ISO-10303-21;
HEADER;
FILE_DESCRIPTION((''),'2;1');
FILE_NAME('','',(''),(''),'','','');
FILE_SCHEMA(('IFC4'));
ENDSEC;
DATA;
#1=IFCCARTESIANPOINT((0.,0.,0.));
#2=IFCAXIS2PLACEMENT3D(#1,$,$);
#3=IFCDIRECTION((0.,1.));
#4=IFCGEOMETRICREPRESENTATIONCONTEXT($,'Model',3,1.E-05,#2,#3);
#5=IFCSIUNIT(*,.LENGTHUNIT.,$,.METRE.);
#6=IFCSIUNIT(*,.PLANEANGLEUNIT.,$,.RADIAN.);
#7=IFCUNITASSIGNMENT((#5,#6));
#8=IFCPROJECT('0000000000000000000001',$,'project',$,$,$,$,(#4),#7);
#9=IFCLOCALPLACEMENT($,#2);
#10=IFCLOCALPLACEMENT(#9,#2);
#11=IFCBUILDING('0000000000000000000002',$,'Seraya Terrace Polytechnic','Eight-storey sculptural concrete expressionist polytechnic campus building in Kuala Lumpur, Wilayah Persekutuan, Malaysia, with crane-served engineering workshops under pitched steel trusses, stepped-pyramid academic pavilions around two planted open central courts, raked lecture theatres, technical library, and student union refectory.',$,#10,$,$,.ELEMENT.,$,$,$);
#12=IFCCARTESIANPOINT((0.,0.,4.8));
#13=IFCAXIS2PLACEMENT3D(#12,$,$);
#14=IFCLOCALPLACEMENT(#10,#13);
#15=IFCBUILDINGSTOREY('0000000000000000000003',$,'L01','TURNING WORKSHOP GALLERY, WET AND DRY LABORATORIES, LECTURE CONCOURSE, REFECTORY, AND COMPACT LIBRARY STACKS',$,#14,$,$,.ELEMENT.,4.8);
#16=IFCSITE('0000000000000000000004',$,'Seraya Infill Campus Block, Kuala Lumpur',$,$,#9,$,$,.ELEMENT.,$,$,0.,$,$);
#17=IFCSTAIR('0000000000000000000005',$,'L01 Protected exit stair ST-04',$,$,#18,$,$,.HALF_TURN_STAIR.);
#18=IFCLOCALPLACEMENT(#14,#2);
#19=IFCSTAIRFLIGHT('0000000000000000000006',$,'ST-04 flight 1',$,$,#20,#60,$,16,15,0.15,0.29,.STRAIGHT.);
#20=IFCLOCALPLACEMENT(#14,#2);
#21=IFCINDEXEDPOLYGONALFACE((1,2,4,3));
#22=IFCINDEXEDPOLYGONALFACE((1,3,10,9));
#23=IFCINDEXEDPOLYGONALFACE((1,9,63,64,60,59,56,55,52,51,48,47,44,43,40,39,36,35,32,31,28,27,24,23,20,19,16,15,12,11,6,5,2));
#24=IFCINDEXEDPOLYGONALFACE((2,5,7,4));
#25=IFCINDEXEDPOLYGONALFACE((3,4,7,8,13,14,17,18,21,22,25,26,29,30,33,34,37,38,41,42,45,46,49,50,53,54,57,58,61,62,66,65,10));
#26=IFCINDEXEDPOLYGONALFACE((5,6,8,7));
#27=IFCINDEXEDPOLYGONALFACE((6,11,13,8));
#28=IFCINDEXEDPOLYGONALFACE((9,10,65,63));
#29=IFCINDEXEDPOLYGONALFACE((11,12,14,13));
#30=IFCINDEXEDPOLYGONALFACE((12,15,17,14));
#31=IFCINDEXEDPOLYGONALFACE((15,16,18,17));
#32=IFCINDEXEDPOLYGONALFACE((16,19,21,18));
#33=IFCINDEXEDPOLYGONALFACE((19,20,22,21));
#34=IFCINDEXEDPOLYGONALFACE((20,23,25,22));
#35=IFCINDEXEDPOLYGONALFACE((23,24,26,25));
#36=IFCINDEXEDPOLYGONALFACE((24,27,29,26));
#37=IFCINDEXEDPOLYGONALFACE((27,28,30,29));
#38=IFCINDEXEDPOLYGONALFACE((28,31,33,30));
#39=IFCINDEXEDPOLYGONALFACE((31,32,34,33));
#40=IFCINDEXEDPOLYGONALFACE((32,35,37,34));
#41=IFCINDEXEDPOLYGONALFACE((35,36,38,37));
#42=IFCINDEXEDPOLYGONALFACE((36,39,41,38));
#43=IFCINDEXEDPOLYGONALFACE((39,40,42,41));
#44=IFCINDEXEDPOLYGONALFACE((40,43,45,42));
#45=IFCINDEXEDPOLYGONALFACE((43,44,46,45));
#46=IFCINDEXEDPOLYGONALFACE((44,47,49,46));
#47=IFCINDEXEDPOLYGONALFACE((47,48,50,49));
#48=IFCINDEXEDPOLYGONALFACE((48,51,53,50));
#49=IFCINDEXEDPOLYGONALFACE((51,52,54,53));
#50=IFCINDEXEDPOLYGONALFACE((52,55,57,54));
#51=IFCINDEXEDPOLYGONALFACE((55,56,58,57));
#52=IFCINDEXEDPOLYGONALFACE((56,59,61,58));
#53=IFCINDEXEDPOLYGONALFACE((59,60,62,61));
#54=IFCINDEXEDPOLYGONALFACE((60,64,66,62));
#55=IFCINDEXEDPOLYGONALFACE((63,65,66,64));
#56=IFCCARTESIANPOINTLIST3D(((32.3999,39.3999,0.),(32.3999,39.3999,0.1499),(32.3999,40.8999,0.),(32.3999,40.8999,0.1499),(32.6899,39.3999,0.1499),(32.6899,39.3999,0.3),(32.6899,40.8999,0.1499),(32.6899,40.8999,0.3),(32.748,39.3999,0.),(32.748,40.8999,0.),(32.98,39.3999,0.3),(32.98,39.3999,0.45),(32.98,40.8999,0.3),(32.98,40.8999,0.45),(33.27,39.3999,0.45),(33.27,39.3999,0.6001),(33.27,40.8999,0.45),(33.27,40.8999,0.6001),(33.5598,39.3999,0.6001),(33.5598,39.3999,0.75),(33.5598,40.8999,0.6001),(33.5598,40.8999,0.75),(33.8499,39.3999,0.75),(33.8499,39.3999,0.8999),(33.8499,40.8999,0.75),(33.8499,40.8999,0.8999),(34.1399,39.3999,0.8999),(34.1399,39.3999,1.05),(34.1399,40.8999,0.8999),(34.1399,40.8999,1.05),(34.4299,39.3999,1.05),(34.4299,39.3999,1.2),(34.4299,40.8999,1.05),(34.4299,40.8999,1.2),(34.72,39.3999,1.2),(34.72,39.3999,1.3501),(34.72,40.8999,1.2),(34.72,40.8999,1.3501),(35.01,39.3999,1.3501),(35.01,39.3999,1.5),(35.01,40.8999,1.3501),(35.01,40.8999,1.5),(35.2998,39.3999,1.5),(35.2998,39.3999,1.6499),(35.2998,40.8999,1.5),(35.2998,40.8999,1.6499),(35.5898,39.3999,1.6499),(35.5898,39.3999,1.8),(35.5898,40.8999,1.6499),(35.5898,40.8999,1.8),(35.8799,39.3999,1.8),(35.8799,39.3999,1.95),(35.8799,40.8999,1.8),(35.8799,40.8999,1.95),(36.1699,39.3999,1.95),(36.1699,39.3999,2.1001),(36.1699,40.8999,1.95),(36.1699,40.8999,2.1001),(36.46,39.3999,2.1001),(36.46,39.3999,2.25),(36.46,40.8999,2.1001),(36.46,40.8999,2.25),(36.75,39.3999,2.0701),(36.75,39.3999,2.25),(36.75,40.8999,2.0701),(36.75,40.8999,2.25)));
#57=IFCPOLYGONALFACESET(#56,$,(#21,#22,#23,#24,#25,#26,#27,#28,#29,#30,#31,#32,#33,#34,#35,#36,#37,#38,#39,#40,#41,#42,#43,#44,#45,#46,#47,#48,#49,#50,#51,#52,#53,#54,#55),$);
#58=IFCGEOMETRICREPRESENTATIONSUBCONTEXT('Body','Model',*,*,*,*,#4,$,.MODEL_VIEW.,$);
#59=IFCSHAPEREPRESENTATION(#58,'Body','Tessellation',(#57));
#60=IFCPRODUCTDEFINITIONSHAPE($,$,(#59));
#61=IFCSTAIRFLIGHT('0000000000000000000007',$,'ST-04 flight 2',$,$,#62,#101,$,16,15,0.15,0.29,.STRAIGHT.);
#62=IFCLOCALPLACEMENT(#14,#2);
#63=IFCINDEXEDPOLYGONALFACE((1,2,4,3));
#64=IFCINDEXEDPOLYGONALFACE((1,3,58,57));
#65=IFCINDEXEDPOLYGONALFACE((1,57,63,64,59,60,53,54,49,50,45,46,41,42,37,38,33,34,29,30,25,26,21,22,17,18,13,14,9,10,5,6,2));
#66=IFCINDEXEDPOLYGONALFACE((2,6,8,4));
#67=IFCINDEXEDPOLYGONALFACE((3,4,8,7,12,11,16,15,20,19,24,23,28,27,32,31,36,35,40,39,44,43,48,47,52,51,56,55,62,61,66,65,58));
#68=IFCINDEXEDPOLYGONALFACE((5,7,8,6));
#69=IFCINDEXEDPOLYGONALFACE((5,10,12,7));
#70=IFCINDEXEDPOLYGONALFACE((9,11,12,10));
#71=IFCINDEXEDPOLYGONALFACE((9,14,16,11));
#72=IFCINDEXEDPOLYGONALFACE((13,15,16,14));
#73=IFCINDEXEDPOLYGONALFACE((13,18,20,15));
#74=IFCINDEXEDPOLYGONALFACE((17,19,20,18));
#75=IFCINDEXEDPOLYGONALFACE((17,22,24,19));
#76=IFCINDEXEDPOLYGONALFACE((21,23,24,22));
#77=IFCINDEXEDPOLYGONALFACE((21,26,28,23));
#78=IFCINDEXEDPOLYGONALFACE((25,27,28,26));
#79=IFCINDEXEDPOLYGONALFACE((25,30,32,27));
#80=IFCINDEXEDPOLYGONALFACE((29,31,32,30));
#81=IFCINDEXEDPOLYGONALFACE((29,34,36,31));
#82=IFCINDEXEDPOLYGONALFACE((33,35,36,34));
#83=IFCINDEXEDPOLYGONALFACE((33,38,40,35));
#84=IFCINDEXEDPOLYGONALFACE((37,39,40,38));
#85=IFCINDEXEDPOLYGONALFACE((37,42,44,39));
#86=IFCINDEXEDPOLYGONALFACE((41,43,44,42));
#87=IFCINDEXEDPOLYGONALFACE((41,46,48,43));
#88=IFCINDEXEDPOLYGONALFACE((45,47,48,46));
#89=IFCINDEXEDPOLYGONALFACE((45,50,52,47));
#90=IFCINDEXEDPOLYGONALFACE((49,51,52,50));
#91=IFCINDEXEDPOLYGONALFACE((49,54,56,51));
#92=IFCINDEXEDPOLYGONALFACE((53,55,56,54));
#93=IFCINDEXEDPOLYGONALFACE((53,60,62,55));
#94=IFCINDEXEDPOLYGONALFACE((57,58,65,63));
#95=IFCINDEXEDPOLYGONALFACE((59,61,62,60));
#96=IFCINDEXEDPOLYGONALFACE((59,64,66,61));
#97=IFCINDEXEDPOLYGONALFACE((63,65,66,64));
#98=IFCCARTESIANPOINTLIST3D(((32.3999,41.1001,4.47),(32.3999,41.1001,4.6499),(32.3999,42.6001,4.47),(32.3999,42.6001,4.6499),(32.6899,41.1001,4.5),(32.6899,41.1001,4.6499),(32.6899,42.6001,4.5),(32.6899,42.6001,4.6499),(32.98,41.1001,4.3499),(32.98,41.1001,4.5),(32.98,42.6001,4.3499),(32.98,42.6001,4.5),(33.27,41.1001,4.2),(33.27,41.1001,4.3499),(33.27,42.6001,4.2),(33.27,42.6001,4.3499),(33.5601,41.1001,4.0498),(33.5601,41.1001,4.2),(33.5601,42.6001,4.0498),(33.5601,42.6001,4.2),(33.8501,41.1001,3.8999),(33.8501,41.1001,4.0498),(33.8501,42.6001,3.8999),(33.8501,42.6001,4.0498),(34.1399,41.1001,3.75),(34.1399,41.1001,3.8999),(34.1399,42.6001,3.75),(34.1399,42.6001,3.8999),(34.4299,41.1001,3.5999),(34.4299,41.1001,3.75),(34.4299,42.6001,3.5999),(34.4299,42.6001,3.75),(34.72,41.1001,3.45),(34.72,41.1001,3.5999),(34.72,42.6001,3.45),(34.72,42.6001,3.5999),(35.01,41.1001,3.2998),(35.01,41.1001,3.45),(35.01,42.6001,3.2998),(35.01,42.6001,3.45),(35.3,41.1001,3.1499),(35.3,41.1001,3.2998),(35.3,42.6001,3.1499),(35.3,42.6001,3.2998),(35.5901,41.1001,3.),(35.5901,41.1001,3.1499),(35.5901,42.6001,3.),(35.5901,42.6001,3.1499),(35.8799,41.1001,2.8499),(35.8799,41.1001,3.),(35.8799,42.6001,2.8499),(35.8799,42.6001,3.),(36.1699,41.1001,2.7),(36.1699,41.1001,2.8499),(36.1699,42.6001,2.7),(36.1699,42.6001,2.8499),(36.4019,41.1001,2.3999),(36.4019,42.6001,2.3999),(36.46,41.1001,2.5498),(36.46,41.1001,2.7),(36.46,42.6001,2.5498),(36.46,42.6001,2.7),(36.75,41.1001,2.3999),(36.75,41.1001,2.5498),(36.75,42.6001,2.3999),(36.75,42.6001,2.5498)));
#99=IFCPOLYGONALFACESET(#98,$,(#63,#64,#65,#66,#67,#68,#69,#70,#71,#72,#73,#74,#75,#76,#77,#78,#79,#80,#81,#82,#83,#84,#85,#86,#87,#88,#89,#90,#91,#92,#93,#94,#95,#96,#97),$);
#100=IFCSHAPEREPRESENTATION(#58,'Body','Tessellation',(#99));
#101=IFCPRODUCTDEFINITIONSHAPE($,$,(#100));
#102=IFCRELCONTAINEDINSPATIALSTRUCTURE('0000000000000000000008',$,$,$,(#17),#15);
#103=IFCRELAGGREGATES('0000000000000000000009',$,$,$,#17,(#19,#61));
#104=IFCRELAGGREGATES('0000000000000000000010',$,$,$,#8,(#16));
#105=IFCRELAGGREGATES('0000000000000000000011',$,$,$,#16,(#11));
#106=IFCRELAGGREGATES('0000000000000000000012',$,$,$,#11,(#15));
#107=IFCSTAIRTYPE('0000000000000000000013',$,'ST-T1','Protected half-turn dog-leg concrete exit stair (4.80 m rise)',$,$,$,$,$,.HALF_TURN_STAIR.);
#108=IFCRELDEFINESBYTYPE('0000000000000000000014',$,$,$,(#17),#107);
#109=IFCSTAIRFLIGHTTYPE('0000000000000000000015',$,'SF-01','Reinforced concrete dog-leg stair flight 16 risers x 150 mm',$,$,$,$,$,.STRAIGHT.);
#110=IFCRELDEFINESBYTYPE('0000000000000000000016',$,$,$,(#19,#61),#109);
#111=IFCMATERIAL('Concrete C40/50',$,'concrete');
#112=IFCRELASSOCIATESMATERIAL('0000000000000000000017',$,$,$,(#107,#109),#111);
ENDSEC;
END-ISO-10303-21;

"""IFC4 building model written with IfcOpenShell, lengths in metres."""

from ifc_helpers import new_model, si_unit, direction, frame, origin, place, context, subcontext, project, spatial, polyline, outline, extrude, material, type_object, element, aggregate, save


model = new_model("IFC4")

# Units and contexts
model_context = context("Model", 3, precision=1e-05, world=origin(), true_north=direction((0.0, 1.0)))
body_context = subcontext(model_context, "Body", "Model", "MODEL_VIEW")
ifc_project = project(units=[si_unit("LENGTHUNIT", "METRE"), si_unit("PLANEANGLEUNIT", "RADIAN")], contexts=[model_context])

# Site, building, storey
site_placement = place(None, origin())
site = spatial("IfcSite", under=ifc_project, at=site_placement, Name="Seraya Infill Campus Block, Kuala Lumpur", CompositionType="ELEMENT", RefElevation=0.0)
building_placement = place(site_placement, origin())
building = spatial("IfcBuilding", under=site, at=building_placement, Name="Seraya Terrace Polytechnic", Description="Eight-storey sculptural concrete expressionist polytechnic campus building in Kuala Lumpur, Wilayah Persekutuan, Malaysia, with crane-served engineering workshops under pitched steel trusses, stepped-pyramid academic pavilions around two planted open central courts, raked lecture theatres, technical library, and student union refectory.", CompositionType="ELEMENT")
storey_placement = place(building_placement, frame((0.0, 0.0, 4.8)))
storey = spatial("IfcBuildingStorey", under=building, at=storey_placement, Name="L01", Description="TURNING WORKSHOP GALLERY, WET AND DRY LABORATORIES, LECTURE CONCOURSE, REFECTORY, AND COMPACT LIBRARY STACKS", CompositionType="ELEMENT", Elevation=4.8)

# Shared definitions
ifc_material_1 = material(Name="Concrete C40/50", Category="concrete")

# Stair, stair flights
stair_type = type_object("IfcStairType", Name="ST-T1", Description="Protected half-turn dog-leg concrete exit stair (4.80 m rise)", PredefinedType="HALF_TURN_STAIR", material=ifc_material_1)
stair_placement = place(storey_placement, origin())
stair = element("IfcStair", 1, at=stair_placement, inside=storey, type_object=stair_type, Name="L01 Protected exit stair ST-04", PredefinedType="HALF_TURN_STAIR")
stair_flight_type = type_object("IfcStairFlightType", Name="SF-01", Description="Reinforced concrete dog-leg stair flight 16 risers x 150 mm", PredefinedType="STRAIGHT", material=ifc_material_1)
stair_flight_1_placement = place(storey_placement, frame((32.3999, 40.1499, 0.0), z_axis=(0.0, 0.0, 1.0), x_axis=(1.0, 0.0, 0.0)))
stair_flight_1 = element("IfcStairFlight", 2, at=stair_flight_1_placement, type_object=stair_flight_type, Name="ST-04 flight 1", NumberOfRisers=16, NumberOfTreads=15, PredefinedType="STRAIGHT", RiserHeight=0.15, TreadLength=0.29, context=body_context, shape_type="SweptSolid", body=[
    extrude(outline(polyline([(0.0, 0.0), (0.0, 0.1499), (0.29, 0.1499), (0.29, 0.3), (0.5801, 0.3), (0.5801, 0.45), (0.8701, 0.45), (0.8701, 0.6001), (1.1599, 0.6001), (1.1599, 0.75), (1.45, 0.75), (1.45, 0.8999), (1.74, 0.8999), (1.74, 1.05), (2.03, 1.05), (2.03, 1.2), (2.3201, 1.2), (2.3201, 1.3501), (2.6101, 1.3501), (2.6101, 1.5), (2.8999, 1.5), (2.8999, 1.6499), (3.1899, 1.6499), (3.1899, 1.8), (3.48, 1.8), (3.48, 1.95), (3.77, 1.95), (3.77, 2.1001), (4.0601, 2.1001), (4.0601, 2.25), (4.3501, 2.25), (4.3501, 2.3999), (4.3501, 2.0701), (0.3481, 0.0), (0.0, 0.0)])), frame((0.0, 0.75, 0.0), z_axis=(0.0, -1.0, 0.0), x_axis=(1.0, 0.0, 0.0)), (0.0, 0.0, 1.0), 1.5),
])
stair_flight_2_placement = place(storey_placement, frame((36.75, 41.8501, 2.3999), z_axis=(0.0, 0.0, 1.0), x_axis=(-1.0, 0.0, 0.0)))
stair_flight_2 = element("IfcStairFlight", 3, at=stair_flight_2_placement, type_object=stair_flight_type, Name="ST-04 flight 2", NumberOfRisers=16, NumberOfTreads=15, PredefinedType="STRAIGHT", RiserHeight=0.15, TreadLength=0.29, context=body_context, shape_type="SweptSolid", body=[
    extrude(outline(polyline([(0.0, 0.0), (0.0, 0.1499), (0.29, 0.1499), (0.29, 0.3), (0.5801, 0.3), (0.5801, 0.45), (0.8701, 0.45), (0.8701, 0.6001), (1.1599, 0.6001), (1.1599, 0.75), (1.45, 0.75), (1.45, 0.8999), (1.74, 0.8999), (1.74, 1.05), (2.03, 1.05), (2.03, 1.2), (2.3201, 1.2), (2.3201, 1.3501), (2.6101, 1.3501), (2.6101, 1.5), (2.8999, 1.5), (2.8999, 1.6499), (3.1899, 1.6499), (3.1899, 1.8), (3.48, 1.8), (3.48, 1.95), (3.77, 1.95), (3.77, 2.1001), (4.0601, 2.1001), (4.0601, 2.25), (4.3501, 2.25), (4.3501, 2.3999), (4.3501, 2.0701), (0.3481, 0.0), (0.0, 0.0)])), frame((0.0, 0.75, 0.0), z_axis=(0.0, -1.0, 0.0), x_axis=(1.0, 0.0, 0.0)), (0.0, 0.0, 1.0), 1.5),
])
aggregate(stair, [stair_flight_1, stair_flight_2])

save(model, "model.ifc")
